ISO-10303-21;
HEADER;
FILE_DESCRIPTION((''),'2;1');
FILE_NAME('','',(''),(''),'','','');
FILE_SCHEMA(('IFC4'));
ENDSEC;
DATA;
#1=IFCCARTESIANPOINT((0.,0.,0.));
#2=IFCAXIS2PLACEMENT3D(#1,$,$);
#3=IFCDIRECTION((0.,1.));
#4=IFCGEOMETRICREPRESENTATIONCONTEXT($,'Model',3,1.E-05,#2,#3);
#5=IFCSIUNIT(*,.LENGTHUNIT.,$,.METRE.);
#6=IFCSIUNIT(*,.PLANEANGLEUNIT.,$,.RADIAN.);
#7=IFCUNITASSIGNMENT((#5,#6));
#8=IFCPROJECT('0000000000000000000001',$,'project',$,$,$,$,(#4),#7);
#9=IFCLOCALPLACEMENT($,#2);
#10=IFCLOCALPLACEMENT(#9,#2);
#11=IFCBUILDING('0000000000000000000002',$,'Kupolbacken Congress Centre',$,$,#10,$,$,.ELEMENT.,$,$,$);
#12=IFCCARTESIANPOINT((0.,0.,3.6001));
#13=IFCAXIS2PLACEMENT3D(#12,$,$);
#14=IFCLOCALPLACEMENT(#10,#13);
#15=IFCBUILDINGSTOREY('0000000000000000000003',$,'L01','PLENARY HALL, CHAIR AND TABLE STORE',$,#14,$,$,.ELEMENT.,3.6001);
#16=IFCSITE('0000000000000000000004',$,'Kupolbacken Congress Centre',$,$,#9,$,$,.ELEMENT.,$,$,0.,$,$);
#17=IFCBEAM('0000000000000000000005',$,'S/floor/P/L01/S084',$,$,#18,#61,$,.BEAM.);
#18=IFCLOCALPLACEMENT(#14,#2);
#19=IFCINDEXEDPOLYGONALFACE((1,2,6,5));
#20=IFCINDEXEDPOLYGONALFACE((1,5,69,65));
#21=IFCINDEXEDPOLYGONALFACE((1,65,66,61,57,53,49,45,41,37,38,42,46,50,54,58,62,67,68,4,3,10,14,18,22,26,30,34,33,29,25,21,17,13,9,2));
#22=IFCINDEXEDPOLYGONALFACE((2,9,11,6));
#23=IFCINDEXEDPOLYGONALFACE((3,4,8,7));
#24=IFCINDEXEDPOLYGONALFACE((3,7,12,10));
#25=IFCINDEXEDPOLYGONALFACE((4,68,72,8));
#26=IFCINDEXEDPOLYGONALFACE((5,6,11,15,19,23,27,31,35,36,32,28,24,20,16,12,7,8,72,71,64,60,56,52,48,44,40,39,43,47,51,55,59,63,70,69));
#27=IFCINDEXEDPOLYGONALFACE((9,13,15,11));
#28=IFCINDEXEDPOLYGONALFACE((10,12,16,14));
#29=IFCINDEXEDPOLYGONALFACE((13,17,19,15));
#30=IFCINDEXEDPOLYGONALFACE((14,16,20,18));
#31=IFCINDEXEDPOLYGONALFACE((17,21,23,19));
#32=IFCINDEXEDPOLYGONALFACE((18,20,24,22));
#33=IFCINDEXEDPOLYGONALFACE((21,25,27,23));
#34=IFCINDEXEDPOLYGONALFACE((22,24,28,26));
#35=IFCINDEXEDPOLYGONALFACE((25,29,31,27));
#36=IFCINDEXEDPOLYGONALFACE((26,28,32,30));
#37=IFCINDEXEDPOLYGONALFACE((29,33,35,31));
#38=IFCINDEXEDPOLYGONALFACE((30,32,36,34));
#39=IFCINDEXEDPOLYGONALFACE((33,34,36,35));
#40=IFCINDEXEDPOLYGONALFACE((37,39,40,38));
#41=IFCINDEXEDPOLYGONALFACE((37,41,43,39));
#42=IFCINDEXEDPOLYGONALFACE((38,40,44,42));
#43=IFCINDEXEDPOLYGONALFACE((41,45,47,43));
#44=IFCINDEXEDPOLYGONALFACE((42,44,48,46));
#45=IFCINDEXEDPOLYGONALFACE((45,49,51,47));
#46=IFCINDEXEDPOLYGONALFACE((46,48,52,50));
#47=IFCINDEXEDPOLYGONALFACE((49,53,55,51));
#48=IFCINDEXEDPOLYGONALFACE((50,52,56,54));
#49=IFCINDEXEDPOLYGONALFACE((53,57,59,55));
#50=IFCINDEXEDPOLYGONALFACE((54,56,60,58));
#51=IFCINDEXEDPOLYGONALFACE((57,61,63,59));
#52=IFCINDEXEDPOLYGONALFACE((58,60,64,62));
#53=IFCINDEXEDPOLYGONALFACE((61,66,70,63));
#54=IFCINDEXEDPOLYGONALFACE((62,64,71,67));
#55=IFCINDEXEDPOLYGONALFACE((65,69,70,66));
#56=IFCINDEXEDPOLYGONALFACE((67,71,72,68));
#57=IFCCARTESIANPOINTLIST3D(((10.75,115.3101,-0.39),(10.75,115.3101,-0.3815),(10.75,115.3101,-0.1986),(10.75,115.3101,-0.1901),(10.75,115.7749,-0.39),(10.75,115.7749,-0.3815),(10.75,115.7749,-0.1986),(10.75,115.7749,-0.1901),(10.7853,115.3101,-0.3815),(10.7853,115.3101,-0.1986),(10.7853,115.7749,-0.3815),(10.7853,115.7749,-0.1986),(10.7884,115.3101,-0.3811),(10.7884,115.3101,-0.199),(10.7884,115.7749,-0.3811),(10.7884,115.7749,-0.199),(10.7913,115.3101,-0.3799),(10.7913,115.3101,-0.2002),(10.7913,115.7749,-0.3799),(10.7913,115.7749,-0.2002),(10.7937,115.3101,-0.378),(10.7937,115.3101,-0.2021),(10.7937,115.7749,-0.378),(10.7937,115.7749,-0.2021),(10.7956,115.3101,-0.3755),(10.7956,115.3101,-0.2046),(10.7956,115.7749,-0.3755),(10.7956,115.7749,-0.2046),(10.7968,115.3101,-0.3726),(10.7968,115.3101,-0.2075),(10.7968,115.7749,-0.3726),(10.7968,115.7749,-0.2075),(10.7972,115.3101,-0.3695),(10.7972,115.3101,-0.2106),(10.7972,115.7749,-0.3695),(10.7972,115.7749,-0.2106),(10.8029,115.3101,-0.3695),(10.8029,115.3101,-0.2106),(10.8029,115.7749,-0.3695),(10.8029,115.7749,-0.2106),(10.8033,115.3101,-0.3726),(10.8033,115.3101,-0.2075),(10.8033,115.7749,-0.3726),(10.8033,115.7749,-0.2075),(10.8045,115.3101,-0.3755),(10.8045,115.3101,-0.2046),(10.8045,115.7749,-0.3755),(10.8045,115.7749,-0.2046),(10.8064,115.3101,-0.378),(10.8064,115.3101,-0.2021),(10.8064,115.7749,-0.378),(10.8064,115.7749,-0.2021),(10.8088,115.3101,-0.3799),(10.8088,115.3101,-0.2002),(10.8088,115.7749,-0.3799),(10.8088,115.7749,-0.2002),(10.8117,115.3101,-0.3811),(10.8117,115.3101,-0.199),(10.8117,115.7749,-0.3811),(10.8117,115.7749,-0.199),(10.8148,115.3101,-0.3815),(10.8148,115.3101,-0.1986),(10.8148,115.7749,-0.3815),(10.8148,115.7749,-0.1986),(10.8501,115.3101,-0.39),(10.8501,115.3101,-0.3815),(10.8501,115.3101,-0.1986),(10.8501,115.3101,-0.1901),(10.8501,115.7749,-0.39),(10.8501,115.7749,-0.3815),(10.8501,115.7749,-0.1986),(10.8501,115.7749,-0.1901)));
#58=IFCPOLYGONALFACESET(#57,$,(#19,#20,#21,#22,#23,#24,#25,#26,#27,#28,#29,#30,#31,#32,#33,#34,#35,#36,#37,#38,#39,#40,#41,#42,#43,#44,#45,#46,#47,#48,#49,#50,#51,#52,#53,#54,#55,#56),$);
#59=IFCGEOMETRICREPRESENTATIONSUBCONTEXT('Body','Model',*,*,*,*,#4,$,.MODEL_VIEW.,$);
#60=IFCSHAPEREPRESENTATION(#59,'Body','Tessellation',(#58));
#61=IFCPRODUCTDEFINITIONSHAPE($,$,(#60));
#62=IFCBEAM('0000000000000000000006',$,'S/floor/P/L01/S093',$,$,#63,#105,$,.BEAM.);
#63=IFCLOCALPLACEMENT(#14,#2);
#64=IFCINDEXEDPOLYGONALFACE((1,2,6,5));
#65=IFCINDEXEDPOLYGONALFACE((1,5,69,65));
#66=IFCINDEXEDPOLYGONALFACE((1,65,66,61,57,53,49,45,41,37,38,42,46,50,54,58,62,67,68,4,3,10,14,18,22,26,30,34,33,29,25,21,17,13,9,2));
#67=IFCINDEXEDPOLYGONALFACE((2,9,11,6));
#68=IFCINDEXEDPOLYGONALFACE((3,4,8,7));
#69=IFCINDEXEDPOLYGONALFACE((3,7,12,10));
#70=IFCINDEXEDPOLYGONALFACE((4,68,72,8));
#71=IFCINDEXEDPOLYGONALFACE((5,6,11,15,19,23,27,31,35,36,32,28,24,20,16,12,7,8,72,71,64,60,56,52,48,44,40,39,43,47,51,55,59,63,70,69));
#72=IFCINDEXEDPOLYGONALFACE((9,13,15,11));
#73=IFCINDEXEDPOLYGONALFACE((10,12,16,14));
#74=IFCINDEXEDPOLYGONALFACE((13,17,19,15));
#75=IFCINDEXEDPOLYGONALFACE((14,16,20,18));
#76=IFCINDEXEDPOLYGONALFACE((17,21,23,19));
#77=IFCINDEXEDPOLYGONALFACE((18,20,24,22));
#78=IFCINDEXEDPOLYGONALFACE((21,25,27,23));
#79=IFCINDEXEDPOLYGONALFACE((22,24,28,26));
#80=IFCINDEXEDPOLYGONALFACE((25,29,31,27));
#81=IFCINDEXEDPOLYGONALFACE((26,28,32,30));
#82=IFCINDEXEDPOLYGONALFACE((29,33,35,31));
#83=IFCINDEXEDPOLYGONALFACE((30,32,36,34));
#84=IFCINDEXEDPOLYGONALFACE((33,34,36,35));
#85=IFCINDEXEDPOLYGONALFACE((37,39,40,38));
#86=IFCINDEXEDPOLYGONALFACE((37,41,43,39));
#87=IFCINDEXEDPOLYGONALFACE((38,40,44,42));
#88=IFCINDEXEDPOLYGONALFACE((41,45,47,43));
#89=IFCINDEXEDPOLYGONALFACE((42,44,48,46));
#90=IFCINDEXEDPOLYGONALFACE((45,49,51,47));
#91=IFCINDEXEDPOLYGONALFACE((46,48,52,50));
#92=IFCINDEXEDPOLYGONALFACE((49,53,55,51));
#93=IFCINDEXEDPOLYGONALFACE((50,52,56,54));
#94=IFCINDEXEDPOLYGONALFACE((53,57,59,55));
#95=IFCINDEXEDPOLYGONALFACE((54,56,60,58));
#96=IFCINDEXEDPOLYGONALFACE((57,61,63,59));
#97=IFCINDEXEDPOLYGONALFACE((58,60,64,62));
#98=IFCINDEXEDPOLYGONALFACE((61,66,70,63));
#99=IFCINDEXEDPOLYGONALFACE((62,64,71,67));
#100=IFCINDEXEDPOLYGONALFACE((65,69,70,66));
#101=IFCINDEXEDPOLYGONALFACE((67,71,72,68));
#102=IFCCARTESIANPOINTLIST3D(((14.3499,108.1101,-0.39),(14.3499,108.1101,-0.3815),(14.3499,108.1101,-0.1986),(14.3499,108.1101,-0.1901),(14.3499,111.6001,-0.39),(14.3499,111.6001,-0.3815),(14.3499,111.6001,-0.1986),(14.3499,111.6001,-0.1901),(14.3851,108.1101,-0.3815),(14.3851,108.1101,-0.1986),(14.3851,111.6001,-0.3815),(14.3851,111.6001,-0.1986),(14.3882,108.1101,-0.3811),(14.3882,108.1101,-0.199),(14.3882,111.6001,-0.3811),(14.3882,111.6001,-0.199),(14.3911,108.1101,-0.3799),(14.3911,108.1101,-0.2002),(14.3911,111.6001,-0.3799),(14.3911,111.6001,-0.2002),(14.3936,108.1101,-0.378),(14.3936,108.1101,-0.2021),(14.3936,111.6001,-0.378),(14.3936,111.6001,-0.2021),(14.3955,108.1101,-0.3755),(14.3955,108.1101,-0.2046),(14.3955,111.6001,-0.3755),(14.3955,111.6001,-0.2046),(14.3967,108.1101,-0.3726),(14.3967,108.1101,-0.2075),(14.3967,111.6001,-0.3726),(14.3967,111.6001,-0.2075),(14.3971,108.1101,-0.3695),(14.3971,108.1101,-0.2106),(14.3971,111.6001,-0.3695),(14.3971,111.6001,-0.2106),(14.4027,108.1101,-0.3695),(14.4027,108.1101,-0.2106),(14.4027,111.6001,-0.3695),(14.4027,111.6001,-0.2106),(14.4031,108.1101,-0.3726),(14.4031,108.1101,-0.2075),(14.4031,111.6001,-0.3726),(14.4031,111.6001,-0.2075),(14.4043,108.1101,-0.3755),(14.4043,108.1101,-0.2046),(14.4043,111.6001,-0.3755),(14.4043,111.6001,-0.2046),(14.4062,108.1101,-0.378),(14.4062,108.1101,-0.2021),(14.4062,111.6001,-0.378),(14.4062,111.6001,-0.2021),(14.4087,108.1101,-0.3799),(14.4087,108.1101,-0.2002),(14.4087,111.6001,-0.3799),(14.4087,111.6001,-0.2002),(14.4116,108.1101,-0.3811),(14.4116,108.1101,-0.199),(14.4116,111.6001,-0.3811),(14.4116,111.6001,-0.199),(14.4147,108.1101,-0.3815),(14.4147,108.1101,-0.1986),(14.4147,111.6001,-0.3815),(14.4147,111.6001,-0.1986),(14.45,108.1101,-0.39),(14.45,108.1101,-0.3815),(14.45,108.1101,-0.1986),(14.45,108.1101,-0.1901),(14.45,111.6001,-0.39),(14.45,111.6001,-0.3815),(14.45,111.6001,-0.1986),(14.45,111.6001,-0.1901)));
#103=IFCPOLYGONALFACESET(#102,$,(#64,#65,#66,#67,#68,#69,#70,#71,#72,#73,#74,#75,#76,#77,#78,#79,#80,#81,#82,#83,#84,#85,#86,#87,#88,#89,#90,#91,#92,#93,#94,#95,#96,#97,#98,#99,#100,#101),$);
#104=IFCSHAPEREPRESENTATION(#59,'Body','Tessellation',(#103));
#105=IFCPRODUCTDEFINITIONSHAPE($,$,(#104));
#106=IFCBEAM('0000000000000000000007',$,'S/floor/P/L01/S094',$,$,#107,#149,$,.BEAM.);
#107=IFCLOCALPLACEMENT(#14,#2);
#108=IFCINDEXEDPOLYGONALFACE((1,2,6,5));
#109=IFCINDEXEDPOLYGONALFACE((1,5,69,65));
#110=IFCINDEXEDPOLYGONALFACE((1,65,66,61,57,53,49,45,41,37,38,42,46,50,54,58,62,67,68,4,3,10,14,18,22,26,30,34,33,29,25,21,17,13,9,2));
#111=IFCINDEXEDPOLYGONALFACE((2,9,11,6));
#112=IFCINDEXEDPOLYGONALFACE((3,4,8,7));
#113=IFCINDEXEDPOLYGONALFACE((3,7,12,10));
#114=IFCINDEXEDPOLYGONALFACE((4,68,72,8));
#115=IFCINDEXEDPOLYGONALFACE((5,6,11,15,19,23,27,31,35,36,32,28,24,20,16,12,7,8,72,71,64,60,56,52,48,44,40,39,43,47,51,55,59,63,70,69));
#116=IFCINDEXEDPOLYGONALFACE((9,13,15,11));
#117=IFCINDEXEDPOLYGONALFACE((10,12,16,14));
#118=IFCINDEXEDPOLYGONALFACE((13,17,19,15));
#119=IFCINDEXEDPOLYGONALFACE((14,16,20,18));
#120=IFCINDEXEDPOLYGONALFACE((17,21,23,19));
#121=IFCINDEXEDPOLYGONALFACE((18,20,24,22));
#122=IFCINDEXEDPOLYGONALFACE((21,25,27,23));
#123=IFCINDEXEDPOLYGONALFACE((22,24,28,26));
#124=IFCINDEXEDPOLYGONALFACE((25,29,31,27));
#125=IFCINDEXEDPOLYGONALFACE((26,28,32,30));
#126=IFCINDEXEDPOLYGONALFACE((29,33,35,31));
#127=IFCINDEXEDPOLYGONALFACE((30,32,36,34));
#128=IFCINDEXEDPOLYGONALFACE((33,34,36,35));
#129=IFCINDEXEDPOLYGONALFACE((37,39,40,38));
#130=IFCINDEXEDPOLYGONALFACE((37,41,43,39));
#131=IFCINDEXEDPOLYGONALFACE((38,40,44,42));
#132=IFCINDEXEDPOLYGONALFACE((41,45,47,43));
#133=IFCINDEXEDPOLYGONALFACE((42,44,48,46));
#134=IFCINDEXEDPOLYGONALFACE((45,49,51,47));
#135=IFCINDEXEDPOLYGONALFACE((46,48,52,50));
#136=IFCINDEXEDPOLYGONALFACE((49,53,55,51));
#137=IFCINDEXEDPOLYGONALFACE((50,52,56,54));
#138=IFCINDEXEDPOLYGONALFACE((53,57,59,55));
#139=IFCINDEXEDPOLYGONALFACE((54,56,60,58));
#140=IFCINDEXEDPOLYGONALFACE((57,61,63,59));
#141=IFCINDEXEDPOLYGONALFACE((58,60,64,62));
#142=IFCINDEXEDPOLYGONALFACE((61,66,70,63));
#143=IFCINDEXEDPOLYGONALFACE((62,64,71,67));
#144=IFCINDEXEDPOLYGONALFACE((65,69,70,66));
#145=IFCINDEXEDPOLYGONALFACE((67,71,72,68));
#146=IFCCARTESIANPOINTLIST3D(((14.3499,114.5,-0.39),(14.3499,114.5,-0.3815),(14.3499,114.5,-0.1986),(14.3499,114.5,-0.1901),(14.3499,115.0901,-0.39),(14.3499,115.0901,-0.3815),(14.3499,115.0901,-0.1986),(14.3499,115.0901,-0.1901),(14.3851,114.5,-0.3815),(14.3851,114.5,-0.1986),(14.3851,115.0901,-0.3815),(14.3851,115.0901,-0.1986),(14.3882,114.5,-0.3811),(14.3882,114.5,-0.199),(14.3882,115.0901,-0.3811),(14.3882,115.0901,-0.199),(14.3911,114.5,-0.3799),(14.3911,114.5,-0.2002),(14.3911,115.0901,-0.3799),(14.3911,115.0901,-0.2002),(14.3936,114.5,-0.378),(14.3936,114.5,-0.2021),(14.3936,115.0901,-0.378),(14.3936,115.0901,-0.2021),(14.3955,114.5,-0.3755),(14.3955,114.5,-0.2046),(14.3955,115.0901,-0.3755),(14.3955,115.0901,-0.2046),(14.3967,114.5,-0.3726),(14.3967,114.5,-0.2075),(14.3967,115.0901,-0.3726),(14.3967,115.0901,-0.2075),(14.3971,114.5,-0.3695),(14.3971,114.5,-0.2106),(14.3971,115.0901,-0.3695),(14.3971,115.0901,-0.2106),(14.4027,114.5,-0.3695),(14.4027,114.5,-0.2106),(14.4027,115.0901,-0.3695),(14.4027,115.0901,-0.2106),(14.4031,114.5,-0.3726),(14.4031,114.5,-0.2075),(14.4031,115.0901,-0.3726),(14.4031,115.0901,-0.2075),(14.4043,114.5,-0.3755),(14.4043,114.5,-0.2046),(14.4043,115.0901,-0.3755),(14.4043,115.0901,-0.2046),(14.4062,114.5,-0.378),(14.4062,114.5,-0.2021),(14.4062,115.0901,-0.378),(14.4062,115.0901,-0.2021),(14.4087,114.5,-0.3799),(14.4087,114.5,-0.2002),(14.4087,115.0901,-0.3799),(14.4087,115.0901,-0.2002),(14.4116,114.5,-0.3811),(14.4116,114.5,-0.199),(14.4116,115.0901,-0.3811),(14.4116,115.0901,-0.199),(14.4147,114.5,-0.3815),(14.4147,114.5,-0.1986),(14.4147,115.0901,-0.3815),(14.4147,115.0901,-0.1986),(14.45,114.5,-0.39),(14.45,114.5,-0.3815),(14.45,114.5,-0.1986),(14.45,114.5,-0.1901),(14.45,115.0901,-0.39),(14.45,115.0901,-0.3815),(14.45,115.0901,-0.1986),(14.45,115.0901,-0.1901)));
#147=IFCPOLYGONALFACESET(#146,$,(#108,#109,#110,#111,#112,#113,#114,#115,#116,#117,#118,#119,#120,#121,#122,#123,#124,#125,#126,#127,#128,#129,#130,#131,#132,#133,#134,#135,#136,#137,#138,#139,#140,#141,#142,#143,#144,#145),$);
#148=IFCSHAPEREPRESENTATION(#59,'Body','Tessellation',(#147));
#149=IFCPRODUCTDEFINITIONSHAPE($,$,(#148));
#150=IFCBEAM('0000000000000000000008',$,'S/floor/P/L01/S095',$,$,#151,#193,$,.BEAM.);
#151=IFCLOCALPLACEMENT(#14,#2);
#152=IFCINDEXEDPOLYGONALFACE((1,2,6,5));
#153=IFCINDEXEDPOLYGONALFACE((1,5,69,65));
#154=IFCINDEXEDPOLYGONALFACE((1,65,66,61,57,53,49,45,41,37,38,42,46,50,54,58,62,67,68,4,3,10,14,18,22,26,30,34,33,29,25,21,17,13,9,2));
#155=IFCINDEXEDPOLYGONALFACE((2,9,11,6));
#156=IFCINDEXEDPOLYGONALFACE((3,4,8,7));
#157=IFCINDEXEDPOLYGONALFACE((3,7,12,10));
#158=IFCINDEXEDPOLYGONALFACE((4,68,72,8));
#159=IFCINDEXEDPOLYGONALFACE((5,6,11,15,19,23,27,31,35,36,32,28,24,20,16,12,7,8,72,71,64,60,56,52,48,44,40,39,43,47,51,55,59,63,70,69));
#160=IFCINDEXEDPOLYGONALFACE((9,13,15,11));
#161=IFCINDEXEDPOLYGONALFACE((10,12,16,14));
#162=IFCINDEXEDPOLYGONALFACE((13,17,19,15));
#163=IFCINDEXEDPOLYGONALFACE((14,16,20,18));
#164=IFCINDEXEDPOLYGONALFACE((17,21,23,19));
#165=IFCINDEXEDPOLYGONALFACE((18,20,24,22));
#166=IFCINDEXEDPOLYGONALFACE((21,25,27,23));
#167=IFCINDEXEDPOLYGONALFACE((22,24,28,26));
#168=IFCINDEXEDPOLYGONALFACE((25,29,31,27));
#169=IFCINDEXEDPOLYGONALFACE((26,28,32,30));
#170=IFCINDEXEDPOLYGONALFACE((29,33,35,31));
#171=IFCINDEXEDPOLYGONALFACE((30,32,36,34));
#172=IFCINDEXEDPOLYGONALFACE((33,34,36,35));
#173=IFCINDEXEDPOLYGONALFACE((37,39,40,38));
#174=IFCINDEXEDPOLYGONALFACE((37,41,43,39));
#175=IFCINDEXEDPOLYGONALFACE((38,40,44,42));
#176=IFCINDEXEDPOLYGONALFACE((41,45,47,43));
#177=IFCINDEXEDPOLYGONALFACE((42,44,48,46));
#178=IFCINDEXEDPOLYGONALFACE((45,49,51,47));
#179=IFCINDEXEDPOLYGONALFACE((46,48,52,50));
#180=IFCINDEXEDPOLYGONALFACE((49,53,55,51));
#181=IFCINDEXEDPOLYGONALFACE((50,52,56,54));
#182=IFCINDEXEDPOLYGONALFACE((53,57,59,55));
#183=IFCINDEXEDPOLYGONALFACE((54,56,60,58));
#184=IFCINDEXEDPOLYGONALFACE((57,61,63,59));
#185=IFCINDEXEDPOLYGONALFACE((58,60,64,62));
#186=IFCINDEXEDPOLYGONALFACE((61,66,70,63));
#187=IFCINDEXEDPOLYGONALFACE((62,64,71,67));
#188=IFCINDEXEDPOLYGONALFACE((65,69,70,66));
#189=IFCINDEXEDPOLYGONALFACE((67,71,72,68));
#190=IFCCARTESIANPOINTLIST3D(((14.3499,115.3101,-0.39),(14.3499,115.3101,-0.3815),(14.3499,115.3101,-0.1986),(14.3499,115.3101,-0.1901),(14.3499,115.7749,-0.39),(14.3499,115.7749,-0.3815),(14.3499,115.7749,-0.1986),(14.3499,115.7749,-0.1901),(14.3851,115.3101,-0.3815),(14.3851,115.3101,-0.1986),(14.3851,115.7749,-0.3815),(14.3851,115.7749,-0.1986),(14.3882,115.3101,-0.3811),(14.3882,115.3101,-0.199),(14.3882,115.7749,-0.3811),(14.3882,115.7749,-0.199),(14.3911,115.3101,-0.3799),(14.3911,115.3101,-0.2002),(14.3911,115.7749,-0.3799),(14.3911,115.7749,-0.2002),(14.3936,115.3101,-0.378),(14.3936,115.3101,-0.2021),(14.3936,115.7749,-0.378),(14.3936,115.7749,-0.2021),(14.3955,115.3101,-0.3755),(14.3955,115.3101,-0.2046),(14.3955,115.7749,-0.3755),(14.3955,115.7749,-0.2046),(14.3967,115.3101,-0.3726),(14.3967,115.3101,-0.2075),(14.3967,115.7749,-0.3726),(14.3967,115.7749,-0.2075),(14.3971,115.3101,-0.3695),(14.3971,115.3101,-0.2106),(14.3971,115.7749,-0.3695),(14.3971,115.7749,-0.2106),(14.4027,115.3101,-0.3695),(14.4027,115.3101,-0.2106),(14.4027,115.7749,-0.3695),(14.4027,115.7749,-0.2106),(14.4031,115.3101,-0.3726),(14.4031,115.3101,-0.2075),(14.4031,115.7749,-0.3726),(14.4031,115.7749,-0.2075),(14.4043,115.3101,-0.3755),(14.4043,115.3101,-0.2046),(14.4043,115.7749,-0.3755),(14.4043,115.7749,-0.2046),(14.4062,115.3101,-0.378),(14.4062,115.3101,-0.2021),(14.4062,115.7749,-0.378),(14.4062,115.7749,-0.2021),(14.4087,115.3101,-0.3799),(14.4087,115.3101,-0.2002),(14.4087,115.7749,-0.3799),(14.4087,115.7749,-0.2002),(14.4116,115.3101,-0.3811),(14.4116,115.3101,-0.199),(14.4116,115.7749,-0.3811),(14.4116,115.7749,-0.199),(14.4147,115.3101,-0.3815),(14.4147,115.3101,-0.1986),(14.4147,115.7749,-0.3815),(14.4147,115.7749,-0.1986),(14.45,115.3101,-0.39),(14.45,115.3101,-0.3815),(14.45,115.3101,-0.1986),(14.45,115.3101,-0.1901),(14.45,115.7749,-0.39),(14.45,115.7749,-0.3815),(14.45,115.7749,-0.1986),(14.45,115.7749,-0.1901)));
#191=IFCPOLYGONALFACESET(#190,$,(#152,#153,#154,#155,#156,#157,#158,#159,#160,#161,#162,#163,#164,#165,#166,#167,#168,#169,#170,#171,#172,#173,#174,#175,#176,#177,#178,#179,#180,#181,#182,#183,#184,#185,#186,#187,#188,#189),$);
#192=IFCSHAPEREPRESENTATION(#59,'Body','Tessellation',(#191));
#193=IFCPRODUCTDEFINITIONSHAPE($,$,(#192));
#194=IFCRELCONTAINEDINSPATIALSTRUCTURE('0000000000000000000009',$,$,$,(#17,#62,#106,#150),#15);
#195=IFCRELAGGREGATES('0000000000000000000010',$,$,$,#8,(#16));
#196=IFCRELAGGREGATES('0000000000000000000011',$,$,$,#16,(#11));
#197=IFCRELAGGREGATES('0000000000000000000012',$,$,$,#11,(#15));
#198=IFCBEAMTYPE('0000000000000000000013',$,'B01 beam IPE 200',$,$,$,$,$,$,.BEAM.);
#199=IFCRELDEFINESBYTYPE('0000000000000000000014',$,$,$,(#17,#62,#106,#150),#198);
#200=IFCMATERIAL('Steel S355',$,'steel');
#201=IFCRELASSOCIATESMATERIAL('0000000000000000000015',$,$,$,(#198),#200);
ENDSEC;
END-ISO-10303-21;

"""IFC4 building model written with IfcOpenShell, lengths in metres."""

from ifc_helpers import new_model, si_unit, direction, frame, origin, origin_2d, place, context, subcontext, project, spatial, i_section, extrude, material, material_profile, profile_set, type_object, element, save


model = new_model("IFC4")

# Units and contexts
model_context = context("Model", 3, precision=1e-05, world=origin(), true_north=direction((0.0, 1.0)))
body_context = subcontext(model_context, "Body", "Model", "MODEL_VIEW")
ifc_project = project(units=[si_unit("LENGTHUNIT", "METRE"), si_unit("PLANEANGLEUNIT", "RADIAN")], contexts=[model_context])

# Site, building, storey
site_placement = place(None, origin())
site = spatial("IfcSite", under=ifc_project, at=site_placement, Name="Kupolbacken Congress Centre", CompositionType="ELEMENT", RefElevation=0.0)
building_placement = place(site_placement, origin())
building = spatial("IfcBuilding", under=site, at=building_placement, Name="Kupolbacken Congress Centre", CompositionType="ELEMENT")
storey_placement = place(building_placement, frame((0.0, 0.0, 3.6001)))
storey = spatial("IfcBuildingStorey", under=building, at=storey_placement, Name="L01", Description="PLENARY HALL, CHAIR AND TABLE STORE", CompositionType="ELEMENT", Elevation=3.6001)

# Beams
ifc_material_1 = material(Name="Steel S355", Category="steel")
ifc_material_profile_1 = material_profile(ifc_material_1, i_section(OverallWidth=0.1001, OverallDepth=0.2, WebThickness=0.0056, FlangeThickness=0.0085, FilletRadius=0.012, at=origin_2d()), Name="IPE 200")
ifc_profile_set_1 = profile_set([ifc_material_profile_1], Name="Steel S355")
beam_type_1 = type_object("IfcBeamType", Name="B01 beam IPE 200", PredefinedType="BEAM", material=ifc_profile_set_1)
beam_1_placement = place(storey_placement, frame((10.8, 115.3101, -0.29), z_axis=(0.0, 1.0, 0.0), x_axis=(-1.0, 0.0, 0.0)))
element("IfcBeam", 1, at=beam_1_placement, inside=storey, type_object=beam_type_1, Name="S/floor/P/L01/S084", PredefinedType="BEAM", context=body_context, shape_type="SweptSolid", body=[
    extrude(i_section(OverallWidth=0.1001, OverallDepth=0.2, WebThickness=0.0056, FlangeThickness=0.0085, FilletRadius=0.012, at=origin_2d()), origin(), (0.0, 0.0, 1.0), 0.4648),
])
beam_2_placement = place(storey_placement, frame((14.3999, 108.1101, -0.29), z_axis=(0.0, 1.0, 0.0), x_axis=(-1.0, 0.0, 0.0)))
element("IfcBeam", 2, at=beam_2_placement, inside=storey, type_object=beam_type_1, Name="S/floor/P/L01/S093", PredefinedType="BEAM", context=body_context, shape_type="SweptSolid", body=[
    extrude(i_section(OverallWidth=0.1001, OverallDepth=0.2, WebThickness=0.0056, FlangeThickness=0.0085, FilletRadius=0.012, at=origin_2d()), origin(), (0.0, 0.0, 1.0), 3.49),
])
beam_3_placement = place(storey_placement, frame((14.3999, 114.5, -0.29), z_axis=(0.0, 1.0, 0.0), x_axis=(-1.0, 0.0, 0.0)))
element("IfcBeam", 3, at=beam_3_placement, inside=storey, type_object=beam_type_1, Name="S/floor/P/L01/S094", PredefinedType="BEAM", context=body_context, shape_type="SweptSolid", body=[
    extrude(i_section(OverallWidth=0.1001, OverallDepth=0.2, WebThickness=0.0056, FlangeThickness=0.0085, FilletRadius=0.012, at=origin_2d()), origin(), (0.0, 0.0, 1.0), 0.5901),
])
beam_4_placement = place(storey_placement, frame((14.3999, 115.3101, -0.29), z_axis=(0.0, 1.0, 0.0), x_axis=(-1.0, 0.0, 0.0)))
element("IfcBeam", 4, at=beam_4_placement, inside=storey, type_object=beam_type_1, Name="S/floor/P/L01/S095", PredefinedType="BEAM", context=body_context, shape_type="SweptSolid", body=[
    extrude(i_section(OverallWidth=0.1001, OverallDepth=0.2, WebThickness=0.0056, FlangeThickness=0.0085, FilletRadius=0.012, at=origin_2d()), origin(), (0.0, 0.0, 1.0), 0.4648),
])

save(model, "model.ifc")
